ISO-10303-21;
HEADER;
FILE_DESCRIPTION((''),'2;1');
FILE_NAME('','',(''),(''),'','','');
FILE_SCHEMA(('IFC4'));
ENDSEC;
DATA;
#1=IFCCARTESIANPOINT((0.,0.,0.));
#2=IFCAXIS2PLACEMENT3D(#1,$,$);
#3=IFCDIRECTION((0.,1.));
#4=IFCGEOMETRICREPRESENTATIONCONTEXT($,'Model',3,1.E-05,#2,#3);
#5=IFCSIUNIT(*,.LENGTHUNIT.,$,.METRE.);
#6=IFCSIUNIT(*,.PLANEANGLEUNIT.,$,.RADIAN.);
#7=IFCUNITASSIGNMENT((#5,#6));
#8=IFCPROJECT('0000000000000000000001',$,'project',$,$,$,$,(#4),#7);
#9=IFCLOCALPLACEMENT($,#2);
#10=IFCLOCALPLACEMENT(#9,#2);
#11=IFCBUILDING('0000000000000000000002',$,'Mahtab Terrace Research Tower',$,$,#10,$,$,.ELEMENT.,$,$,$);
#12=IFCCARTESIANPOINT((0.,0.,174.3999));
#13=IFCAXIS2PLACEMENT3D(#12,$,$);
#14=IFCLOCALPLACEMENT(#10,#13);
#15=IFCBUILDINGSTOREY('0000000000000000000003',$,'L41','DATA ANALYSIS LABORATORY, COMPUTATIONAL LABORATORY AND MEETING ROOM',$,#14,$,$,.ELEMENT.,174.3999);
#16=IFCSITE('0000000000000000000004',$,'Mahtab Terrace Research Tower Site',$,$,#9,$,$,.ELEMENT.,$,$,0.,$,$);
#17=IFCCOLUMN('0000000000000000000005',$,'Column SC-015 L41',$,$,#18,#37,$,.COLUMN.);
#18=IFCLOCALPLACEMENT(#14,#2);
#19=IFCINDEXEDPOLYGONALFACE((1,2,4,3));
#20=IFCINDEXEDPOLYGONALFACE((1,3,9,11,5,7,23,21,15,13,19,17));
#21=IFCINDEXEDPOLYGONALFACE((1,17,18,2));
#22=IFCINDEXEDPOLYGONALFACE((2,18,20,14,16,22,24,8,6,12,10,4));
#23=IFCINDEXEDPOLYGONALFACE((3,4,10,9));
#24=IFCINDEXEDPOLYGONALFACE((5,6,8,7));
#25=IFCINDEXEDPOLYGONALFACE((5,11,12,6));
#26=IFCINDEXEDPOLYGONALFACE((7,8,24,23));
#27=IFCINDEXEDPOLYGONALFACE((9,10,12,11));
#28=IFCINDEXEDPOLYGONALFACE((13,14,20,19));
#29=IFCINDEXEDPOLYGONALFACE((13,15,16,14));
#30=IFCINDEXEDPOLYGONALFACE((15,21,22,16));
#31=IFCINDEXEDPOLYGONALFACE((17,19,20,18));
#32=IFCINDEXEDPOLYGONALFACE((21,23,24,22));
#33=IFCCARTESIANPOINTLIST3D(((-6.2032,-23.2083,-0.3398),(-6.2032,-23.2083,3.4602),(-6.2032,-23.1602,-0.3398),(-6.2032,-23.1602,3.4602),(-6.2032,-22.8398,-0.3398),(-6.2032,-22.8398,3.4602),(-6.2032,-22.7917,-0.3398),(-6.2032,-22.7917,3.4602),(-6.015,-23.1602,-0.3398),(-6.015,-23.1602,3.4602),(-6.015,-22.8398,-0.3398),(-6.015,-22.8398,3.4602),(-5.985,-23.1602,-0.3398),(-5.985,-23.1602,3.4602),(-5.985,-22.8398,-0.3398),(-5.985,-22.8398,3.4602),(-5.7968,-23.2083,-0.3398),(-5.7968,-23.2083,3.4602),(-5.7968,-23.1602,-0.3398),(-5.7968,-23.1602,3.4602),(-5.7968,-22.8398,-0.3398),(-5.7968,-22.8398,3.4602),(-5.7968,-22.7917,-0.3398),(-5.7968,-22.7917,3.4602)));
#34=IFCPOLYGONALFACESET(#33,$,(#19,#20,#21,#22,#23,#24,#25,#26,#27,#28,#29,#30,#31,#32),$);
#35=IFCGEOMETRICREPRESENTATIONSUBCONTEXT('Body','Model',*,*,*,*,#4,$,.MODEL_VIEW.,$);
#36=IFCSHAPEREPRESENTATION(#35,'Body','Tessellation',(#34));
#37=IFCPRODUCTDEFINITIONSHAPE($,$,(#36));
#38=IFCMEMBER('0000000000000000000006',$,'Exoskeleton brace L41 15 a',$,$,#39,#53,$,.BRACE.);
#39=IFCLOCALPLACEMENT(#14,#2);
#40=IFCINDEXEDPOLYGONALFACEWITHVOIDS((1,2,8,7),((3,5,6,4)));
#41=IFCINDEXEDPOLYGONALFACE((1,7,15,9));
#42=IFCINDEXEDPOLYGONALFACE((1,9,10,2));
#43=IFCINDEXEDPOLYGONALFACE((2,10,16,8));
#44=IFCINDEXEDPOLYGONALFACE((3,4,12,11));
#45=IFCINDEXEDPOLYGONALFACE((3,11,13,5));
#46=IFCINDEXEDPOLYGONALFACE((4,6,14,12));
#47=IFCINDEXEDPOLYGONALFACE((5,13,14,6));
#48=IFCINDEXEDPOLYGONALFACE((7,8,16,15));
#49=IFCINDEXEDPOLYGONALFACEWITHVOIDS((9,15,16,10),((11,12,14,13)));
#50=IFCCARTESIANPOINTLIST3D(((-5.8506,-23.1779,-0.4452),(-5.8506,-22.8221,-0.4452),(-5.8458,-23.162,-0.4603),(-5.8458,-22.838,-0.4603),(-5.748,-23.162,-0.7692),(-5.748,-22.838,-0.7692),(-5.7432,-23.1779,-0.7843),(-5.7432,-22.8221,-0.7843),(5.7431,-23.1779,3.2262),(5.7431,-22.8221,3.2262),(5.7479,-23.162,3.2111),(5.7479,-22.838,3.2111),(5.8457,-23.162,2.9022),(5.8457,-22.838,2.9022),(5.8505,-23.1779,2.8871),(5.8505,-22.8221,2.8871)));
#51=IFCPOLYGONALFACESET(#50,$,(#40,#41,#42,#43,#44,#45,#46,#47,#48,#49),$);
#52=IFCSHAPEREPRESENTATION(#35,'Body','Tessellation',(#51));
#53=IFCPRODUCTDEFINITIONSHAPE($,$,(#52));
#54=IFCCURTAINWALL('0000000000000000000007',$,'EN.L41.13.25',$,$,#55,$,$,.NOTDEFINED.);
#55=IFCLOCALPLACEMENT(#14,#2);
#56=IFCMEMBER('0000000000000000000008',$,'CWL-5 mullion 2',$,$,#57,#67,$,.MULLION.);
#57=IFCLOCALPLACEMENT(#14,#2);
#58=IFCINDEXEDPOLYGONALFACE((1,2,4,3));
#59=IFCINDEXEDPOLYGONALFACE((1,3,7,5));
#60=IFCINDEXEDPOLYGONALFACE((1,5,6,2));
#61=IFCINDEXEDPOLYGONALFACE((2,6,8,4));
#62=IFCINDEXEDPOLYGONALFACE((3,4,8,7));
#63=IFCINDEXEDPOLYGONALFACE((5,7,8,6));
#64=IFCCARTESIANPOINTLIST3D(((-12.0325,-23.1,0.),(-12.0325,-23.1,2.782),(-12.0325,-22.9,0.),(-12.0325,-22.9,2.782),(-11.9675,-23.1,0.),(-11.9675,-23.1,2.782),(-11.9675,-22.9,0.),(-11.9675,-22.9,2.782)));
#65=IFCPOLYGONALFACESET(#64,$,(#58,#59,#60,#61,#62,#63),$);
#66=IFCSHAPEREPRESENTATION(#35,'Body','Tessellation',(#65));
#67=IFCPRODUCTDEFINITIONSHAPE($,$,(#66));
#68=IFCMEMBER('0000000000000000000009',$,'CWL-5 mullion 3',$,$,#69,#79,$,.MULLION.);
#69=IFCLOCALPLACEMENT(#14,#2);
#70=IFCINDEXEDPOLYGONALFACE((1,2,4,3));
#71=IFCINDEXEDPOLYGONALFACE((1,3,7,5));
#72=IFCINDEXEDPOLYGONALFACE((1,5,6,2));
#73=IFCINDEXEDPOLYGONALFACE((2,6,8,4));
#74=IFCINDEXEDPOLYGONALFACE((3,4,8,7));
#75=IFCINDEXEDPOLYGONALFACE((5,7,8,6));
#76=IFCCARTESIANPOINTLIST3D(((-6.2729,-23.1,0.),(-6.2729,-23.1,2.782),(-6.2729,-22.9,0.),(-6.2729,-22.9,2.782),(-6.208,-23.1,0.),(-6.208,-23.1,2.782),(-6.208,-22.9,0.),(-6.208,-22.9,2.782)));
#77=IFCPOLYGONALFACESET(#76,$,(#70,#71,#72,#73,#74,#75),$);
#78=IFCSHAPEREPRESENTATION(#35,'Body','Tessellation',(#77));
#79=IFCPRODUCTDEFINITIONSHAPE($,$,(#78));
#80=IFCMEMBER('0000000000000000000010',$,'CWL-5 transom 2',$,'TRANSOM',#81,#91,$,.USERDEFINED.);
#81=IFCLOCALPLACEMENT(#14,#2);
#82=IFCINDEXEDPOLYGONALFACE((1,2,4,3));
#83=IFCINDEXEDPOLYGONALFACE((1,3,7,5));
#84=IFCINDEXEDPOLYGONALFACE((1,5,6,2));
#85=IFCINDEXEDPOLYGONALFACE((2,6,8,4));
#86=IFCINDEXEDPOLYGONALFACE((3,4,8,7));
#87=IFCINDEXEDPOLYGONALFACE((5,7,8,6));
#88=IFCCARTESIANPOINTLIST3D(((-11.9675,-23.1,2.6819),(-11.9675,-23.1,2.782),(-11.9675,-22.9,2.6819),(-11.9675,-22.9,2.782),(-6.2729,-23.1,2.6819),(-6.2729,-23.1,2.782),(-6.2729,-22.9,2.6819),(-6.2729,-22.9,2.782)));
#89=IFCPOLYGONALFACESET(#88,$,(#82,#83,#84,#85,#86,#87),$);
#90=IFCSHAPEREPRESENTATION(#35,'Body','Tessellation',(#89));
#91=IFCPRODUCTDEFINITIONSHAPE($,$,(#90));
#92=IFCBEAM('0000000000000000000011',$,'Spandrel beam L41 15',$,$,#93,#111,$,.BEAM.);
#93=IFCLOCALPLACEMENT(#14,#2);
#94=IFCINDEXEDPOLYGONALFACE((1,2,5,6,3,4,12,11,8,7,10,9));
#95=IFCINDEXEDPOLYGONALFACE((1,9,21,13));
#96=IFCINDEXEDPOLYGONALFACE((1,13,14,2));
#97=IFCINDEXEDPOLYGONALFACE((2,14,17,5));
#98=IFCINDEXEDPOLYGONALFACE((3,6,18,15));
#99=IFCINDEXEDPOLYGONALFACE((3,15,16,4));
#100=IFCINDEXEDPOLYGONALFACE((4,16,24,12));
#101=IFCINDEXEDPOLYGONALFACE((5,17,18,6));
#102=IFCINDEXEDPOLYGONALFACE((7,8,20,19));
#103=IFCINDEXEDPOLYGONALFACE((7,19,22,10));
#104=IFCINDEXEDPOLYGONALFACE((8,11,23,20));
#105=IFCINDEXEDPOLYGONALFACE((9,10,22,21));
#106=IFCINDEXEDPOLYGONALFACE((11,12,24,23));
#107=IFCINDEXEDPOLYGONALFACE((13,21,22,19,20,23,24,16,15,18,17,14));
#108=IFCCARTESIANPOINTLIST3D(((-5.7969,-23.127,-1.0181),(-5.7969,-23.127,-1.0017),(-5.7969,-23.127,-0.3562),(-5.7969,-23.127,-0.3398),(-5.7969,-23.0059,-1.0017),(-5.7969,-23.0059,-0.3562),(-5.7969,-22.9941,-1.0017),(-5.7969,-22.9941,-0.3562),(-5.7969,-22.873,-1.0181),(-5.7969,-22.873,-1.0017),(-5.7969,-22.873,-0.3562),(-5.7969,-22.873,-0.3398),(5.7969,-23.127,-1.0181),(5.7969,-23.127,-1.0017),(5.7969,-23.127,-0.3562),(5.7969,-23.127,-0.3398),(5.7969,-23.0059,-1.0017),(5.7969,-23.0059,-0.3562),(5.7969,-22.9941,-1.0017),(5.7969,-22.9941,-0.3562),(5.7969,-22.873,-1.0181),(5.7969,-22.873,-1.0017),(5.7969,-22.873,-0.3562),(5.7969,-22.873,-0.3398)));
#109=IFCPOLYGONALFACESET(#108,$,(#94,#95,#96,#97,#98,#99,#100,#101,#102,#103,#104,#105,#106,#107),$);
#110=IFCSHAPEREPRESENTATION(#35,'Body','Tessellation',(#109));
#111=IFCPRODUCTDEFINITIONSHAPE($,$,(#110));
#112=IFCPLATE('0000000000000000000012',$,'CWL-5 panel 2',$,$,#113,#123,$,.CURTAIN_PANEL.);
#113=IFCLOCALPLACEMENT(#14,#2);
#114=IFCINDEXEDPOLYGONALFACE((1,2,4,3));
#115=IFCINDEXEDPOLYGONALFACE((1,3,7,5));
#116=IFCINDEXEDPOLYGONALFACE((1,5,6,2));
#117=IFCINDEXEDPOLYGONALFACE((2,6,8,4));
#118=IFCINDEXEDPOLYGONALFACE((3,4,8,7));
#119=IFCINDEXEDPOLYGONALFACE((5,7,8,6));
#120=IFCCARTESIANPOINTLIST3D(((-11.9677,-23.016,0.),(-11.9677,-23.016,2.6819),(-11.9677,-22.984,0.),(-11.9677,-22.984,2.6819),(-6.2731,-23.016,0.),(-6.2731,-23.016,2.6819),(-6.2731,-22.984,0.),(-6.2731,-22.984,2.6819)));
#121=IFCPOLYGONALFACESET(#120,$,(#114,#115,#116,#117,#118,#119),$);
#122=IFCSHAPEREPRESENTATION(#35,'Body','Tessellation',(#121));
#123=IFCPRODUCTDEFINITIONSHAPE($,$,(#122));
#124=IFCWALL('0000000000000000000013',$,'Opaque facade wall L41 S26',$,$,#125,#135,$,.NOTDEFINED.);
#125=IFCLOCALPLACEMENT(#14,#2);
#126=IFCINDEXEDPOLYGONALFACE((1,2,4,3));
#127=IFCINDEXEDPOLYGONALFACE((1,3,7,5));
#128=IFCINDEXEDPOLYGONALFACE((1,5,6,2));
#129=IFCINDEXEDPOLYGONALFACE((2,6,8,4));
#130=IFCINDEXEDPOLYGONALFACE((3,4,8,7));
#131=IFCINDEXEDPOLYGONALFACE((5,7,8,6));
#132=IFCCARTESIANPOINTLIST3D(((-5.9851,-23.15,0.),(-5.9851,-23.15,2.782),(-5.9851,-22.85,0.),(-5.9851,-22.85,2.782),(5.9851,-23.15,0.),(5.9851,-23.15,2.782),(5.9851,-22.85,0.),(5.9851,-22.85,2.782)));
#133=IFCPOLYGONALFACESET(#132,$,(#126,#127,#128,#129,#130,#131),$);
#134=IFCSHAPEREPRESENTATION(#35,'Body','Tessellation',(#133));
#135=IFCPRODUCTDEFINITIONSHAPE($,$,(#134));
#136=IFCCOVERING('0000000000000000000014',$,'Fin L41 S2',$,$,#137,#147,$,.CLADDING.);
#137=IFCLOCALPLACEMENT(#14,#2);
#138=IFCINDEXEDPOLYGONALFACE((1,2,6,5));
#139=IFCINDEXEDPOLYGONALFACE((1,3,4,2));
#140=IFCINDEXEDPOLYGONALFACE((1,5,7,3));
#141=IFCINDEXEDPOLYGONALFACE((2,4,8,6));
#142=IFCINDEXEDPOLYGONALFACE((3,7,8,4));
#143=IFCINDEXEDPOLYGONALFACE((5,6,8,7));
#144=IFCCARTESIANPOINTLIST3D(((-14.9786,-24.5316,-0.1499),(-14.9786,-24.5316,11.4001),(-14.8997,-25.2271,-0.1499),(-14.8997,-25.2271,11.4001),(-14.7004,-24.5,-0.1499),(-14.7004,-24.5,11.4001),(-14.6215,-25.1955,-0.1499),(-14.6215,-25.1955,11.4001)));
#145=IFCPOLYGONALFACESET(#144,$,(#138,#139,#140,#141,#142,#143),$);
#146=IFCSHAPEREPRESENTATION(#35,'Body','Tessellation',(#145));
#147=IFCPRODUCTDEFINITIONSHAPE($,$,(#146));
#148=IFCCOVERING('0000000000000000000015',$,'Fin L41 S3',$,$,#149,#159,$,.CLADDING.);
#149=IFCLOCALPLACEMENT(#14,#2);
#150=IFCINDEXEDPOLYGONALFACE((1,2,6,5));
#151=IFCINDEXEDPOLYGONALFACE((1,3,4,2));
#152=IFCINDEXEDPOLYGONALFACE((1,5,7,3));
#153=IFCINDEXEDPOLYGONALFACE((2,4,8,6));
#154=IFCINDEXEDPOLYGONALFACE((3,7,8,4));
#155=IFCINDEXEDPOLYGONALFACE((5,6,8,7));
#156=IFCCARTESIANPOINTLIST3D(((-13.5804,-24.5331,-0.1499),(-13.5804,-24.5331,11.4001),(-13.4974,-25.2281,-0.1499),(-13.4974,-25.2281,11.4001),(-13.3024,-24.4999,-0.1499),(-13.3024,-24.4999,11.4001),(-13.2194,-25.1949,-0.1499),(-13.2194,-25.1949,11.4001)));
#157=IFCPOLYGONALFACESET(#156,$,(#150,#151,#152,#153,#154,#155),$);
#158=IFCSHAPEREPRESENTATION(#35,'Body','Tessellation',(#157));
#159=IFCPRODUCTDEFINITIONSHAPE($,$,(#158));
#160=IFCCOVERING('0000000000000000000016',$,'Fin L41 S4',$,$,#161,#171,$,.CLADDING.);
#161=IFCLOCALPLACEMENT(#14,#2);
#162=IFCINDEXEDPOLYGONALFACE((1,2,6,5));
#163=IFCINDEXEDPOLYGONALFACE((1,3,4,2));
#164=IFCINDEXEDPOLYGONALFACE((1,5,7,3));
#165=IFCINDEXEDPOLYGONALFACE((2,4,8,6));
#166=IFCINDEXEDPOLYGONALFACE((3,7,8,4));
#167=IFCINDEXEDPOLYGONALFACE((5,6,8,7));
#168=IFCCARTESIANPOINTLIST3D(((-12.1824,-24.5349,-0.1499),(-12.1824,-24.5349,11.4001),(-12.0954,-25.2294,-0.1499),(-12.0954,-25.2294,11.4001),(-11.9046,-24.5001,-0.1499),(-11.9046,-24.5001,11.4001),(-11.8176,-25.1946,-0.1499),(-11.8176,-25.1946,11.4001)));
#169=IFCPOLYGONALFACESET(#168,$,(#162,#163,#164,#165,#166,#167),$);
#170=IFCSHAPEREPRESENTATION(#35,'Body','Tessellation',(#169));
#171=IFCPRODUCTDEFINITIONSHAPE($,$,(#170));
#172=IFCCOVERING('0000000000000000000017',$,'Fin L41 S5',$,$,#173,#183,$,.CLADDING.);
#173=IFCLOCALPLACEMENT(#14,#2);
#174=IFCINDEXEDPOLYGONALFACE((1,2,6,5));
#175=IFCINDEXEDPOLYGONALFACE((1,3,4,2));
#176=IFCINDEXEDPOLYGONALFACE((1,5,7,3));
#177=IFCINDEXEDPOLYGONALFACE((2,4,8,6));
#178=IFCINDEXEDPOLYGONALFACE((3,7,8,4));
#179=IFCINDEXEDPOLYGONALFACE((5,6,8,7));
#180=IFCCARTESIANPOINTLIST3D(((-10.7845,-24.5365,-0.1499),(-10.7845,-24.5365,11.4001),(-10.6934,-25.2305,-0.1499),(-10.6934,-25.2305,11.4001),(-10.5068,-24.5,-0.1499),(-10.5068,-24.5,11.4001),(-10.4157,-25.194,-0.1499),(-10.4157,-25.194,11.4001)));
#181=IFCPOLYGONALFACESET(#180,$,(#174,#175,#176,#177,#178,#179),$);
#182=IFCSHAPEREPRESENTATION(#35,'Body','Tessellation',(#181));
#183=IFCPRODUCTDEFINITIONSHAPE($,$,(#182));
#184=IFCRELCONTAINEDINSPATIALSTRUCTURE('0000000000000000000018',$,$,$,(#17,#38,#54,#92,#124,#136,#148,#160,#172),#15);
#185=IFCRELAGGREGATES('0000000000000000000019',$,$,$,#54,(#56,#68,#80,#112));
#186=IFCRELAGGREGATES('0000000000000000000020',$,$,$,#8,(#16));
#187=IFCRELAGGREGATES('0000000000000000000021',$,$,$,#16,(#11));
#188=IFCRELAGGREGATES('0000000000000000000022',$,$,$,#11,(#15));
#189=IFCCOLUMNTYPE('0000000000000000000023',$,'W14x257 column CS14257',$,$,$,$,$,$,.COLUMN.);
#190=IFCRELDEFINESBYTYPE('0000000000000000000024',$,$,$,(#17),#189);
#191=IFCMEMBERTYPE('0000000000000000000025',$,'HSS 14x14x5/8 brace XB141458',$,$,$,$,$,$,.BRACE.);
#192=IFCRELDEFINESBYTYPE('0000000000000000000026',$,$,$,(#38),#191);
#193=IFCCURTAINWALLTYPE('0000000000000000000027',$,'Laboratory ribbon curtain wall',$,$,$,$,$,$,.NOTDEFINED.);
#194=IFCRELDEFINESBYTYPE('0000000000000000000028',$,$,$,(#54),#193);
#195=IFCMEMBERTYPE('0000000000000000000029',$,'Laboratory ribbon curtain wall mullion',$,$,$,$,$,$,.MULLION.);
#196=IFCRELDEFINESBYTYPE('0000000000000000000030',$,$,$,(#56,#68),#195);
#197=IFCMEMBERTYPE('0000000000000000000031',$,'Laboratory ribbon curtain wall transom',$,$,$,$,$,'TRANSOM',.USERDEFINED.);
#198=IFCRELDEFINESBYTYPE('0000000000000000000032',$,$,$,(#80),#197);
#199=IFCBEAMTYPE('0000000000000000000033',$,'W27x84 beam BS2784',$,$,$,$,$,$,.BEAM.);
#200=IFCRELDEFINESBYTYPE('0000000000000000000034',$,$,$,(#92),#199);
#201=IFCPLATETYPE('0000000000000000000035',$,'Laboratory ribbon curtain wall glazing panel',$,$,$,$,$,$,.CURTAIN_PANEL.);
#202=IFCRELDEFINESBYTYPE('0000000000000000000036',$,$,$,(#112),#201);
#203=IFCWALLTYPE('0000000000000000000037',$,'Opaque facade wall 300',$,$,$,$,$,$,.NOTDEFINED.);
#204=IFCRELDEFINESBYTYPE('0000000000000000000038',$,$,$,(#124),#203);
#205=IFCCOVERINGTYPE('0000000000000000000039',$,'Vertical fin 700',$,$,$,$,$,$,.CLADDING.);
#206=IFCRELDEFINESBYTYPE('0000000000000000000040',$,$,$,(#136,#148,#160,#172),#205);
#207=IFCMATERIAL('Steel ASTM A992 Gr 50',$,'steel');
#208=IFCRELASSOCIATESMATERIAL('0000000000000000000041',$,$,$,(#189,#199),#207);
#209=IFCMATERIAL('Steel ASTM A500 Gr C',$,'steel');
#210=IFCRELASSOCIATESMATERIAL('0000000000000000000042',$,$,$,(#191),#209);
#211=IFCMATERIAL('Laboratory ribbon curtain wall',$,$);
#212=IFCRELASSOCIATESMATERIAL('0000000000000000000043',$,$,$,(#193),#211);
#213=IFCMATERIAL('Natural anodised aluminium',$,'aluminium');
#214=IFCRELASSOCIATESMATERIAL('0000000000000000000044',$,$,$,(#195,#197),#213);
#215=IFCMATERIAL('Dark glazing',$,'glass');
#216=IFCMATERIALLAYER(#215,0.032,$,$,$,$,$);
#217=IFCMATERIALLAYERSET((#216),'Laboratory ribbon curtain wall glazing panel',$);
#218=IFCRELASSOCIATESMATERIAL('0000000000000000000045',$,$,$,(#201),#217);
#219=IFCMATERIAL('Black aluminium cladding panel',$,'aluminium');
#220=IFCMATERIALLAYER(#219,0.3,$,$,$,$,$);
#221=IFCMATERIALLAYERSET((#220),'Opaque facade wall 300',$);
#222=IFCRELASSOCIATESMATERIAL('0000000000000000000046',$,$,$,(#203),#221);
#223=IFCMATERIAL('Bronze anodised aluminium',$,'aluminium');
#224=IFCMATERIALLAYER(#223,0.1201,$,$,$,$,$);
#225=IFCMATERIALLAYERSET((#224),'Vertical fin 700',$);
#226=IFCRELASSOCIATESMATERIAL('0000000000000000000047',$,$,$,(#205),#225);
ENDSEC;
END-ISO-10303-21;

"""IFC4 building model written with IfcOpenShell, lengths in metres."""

from ifc_helpers import new_model, si_unit, direction, frame, frame_2d, origin, origin_2d, place, context, subcontext, project, spatial, rectangle, hollow_rectangle, i_section, extrude, material, layer, layer_set, material_profile, profile_set, type_object, element, aggregate, save


model = new_model("IFC4")

# Units and contexts
model_context = context("Model", 3, precision=1e-05, world=origin(), true_north=direction((0.0, 1.0)))
body_context = subcontext(model_context, "Body", "Model", "MODEL_VIEW")
ifc_project = project(units=[si_unit("LENGTHUNIT", "METRE"), si_unit("PLANEANGLEUNIT", "RADIAN")], contexts=[model_context])

# Site, building, storey
site_placement = place(None, origin())
site = spatial("IfcSite", under=ifc_project, at=site_placement, Name="Mahtab Terrace Research Tower Site", CompositionType="ELEMENT", RefElevation=0.0)
building_placement = place(site_placement, origin())
building = spatial("IfcBuilding", under=site, at=building_placement, Name="Mahtab Terrace Research Tower", CompositionType="ELEMENT")
storey_placement = place(building_placement, frame((0.0, 0.0, 174.3999)))
storey = spatial("IfcBuildingStorey", under=building, at=storey_placement, Name="L41", Description="DATA ANALYSIS LABORATORY, COMPUTATIONAL LABORATORY AND MEETING ROOM", CompositionType="ELEMENT", Elevation=174.3999)

# Column
ifc_material_1 = material(Name="Steel ASTM A992 Gr 50", Category="steel")
ifc_material_profile_1 = material_profile(ifc_material_1, i_section(OverallWidth=0.4065, OverallDepth=0.4165, WebThickness=0.03, FlangeThickness=0.0481, at=origin_2d()), Name="W14X257")
ifc_profile_set_1 = profile_set([ifc_material_profile_1], Name="Steel ASTM A992 Gr 50")
column_type = type_object("IfcColumnType", Name="W14x257 column CS14257", PredefinedType="COLUMN", material=ifc_profile_set_1)
column_placement = place(storey_placement, frame((-6.0, -23.0, -0.3398), z_axis=(0.0, 0.0, 1.0), x_axis=(1.0, 0.0, 0.0)))
element("IfcColumn", 1, at=column_placement, inside=storey, type_object=column_type, Name="Column SC-015 L41", PredefinedType="COLUMN", context=body_context, shape_type="SweptSolid", body=[
    extrude(i_section(OverallWidth=0.4065, OverallDepth=0.4165, WebThickness=0.03, FlangeThickness=0.0481, at=origin_2d()), origin(), (0.0, 0.0, 1.0), 3.8),
])

# Member
ifc_material_2 = material(Name="Steel ASTM A500 Gr C", Category="steel")
ifc_material_profile_2 = material_profile(ifc_material_2, hollow_rectangle(XDim=0.3557, YDim=0.3557, WallThickness=0.0159, at=origin_2d()), Name="HSS14X14X5/8")
ifc_profile_set_2 = profile_set([ifc_material_profile_2], Name="Steel ASTM A500 Gr C")
member_type_1 = type_object("IfcMemberType", Name="HSS 14x14x5/8 brace XB141458", PredefinedType="BRACE", material=ifc_profile_set_2)
member_1_placement = place(storey_placement, frame((-5.7969, -23.0, -0.6147), z_axis=(0.953341, 0.0, 0.301894), x_axis=(0.0, 1.0, 0.0)))
element("IfcMember", 2, at=member_1_placement, inside=storey, type_object=member_type_1, Name="Exoskeleton brace L41 15 a", PredefinedType="BRACE", context=body_context, shape_type="SweptSolid", body=[
    extrude(hollow_rectangle(XDim=0.3557, YDim=0.3557, WallThickness=0.0159, at=origin_2d()), origin(), (0.0, 0.0, 1.0), 12.1611),
])

# Curtain wall, members
ifc_material_3 = material(Name="Laboratory ribbon curtain wall")
curtain_wall_type = type_object("IfcCurtainWallType", Name="Laboratory ribbon curtain wall", PredefinedType="NOTDEFINED", material=ifc_material_3)
curtain_wall_placement = place(storey_placement, origin())
curtain_wall = element("IfcCurtainWall", 3, at=curtain_wall_placement, inside=storey, type_object=curtain_wall_type, Name="EN.L41.13.25", PredefinedType="NOTDEFINED")
ifc_material_4 = material(Name="Natural anodised aluminium", Category="aluminium")
ifc_material_profile_3 = material_profile(ifc_material_4, rectangle(XDim=0.2, YDim=0.0649, at=origin_2d()), Name="MULLION 65x200")
ifc_profile_set_3 = profile_set([ifc_material_profile_3], Name="Natural anodised aluminium")
member_type_2 = type_object("IfcMemberType", Name="Laboratory ribbon curtain wall mullion", PredefinedType="MULLION", material=ifc_profile_set_3)
member_2_placement = place(storey_placement, frame((-12.0, -23.0, 0.0), z_axis=(0.0, 0.0, 1.0), x_axis=(0.0, 1.0, 0.0)))
member_2 = element("IfcMember", 4, at=member_2_placement, type_object=member_type_2, Name="CWL-5 mullion 2", PredefinedType="MULLION", context=body_context, shape_type="SweptSolid", body=[
    extrude(rectangle(XDim=0.2, YDim=0.0649, at=origin_2d()), origin(), (0.0, 0.0, 1.0), 2.782),
])
member_3_placement = place(storey_placement, frame((-6.2405, -23.0, 0.0), z_axis=(0.0, 0.0, 1.0), x_axis=(0.0, 1.0, 0.0)))
member_3 = element("IfcMember", 5, at=member_3_placement, type_object=member_type_2, Name="CWL-5 mullion 3", PredefinedType="MULLION", context=body_context, shape_type="SweptSolid", body=[
    extrude(rectangle(XDim=0.2, YDim=0.0649, at=origin_2d()), origin(), (0.0, 0.0, 1.0), 2.782),
])
ifc_material_profile_4 = material_profile(ifc_material_4, rectangle(XDim=0.2, YDim=0.1001, at=origin_2d()), Name="TRANSOM 100x200")
ifc_profile_set_4 = profile_set([ifc_material_profile_4], Name="Natural anodised aluminium")
member_type_3 = type_object("IfcMemberType", Name="Laboratory ribbon curtain wall transom", ElementType="TRANSOM", PredefinedType="USERDEFINED", material=ifc_profile_set_4)
member_4_placement = place(storey_placement, frame((-11.9675, -23.0, 2.7319), z_axis=(1.0, 0.0, 0.0), x_axis=(0.0, 1.0, 0.0)))
member_4 = element("IfcMember", 6, at=member_4_placement, type_object=member_type_3, Name="CWL-5 transom 2", ObjectType="TRANSOM", PredefinedType="USERDEFINED", context=body_context, shape_type="SweptSolid", body=[
    extrude(rectangle(XDim=0.2, YDim=0.1001, at=origin_2d()), origin(), (0.0, 0.0, 1.0), 5.6946),
])

# Beam
ifc_material_profile_5 = material_profile(ifc_material_1, i_section(OverallWidth=0.2539, OverallDepth=0.6782, WebThickness=0.0117, FlangeThickness=0.0164, at=origin_2d()), Name="W27X84")
ifc_profile_set_5 = profile_set([ifc_material_profile_5], Name="Steel ASTM A992 Gr 50")
beam_type = type_object("IfcBeamType", Name="W27x84 beam BS2784", PredefinedType="BEAM", material=ifc_profile_set_5)
beam_placement = place(storey_placement, frame((-5.7969, -23.0, -0.679), z_axis=(1.0, 0.0, 0.0), x_axis=(0.0, 1.0, 0.0)))
element("IfcBeam", 7, at=beam_placement, inside=storey, type_object=beam_type, Name="Spandrel beam L41 15", PredefinedType="BEAM", context=body_context, shape_type="SweptSolid", body=[
    extrude(i_section(OverallWidth=0.2539, OverallDepth=0.6782, WebThickness=0.0117, FlangeThickness=0.0164, at=origin_2d()), origin(), (0.0, 0.0, 1.0), 11.5938),
])

# Plate
ifc_material_5 = material(Name="Dark glazing", Category="glass")
ifc_layer_1 = layer(ifc_material_5, 0.032)
ifc_layer_set_1 = layer_set([ifc_layer_1], Name="Laboratory ribbon curtain wall glazing panel")
plate_type = type_object("IfcPlateType", Name="Laboratory ribbon curtain wall glazing panel", PredefinedType="CURTAIN_PANEL", material=ifc_layer_set_1)
plate_placement = place(storey_placement, frame((-9.1204, -23.0, 0.0), z_axis=(0.0, 0.0, 1.0), x_axis=(1.0, 0.0, 0.0)))
plate = element("IfcPlate", 8, at=plate_placement, type_object=plate_type, Name="CWL-5 panel 2", PredefinedType="CURTAIN_PANEL", context=body_context, shape_type="SweptSolid", body=[
    extrude(rectangle(XDim=5.6946, YDim=0.032, at=origin_2d()), origin(), (0.0, 0.0, 1.0), 2.6819),
])
aggregate(curtain_wall, [member_2, member_3, member_4, plate])

# Wall
ifc_material_6 = material(Name="Black aluminium cladding panel", Category="aluminium")
ifc_layer_2 = layer(ifc_material_6, 0.3)
ifc_layer_set_2 = layer_set([ifc_layer_2], Name="Opaque facade wall 300")
wall_type = type_object("IfcWallType", Name="Opaque facade wall 300", PredefinedType="NOTDEFINED", material=ifc_layer_set_2)
wall_placement = place(storey_placement, frame((-5.9851, -23.0, 0.0), z_axis=(0.0, 0.0, 1.0), x_axis=(1.0, 0.0, 0.0)))
element("IfcWall", 9, at=wall_placement, inside=storey, type_object=wall_type, Name="Opaque facade wall L41 S26", PredefinedType="NOTDEFINED", context=body_context, shape_type="SweptSolid", body=[
    extrude(rectangle(XDim=11.9702, YDim=0.3, at=frame_2d((5.9851, 0.0))), origin(), (0.0, 0.0, 1.0), 2.782),
])

# Coverings
ifc_material_7 = material(Name="Bronze anodised aluminium", Category="aluminium")
ifc_layer_3 = layer(ifc_material_7, 0.1201)
ifc_layer_set_3 = layer_set([ifc_layer_3], Name="Vertical fin 700")
covering_type = type_object("IfcCoveringType", Name="Vertical fin 700", PredefinedType="CLADDING", material=ifc_layer_set_3)
for number, where, z_axis, x_axis, name in (
    (10, (-14.8, -24.8635, -0.1499), (0.0, 0.0, 1.0), (0.993619, 0.11279, 0.0), "Fin L41 S2"),
    (11, (-13.3999, -24.864, -0.1499), (0.0, 0.0, 1.0), (0.992946, 0.118569, 0.0), "Fin L41 S3"),
    (12, (-12.0, -24.8647, -0.1499), (0.0, 0.0, 1.0), (0.992239, 0.124344, 0.0), "Fin L41 S4"),
    (13, (-10.6001, -24.8652, -0.1499), (0.0, 0.0, 1.0), (0.991499, 0.130114, 0.0), "Fin L41 S5"),
):
    element("IfcCovering", number, at=place(storey_placement, frame(where, z_axis=z_axis, x_axis=x_axis)), inside=storey, type_object=covering_type, Name=name, PredefinedType="CLADDING", context=body_context, shape_type="SweptSolid", body=[
        extrude(rectangle(XDim=0.28, YDim=0.7, at=origin_2d()), origin(), (0.0, 0.0, 1.0), 11.55),
    ])

save(model, "model.ifc")
